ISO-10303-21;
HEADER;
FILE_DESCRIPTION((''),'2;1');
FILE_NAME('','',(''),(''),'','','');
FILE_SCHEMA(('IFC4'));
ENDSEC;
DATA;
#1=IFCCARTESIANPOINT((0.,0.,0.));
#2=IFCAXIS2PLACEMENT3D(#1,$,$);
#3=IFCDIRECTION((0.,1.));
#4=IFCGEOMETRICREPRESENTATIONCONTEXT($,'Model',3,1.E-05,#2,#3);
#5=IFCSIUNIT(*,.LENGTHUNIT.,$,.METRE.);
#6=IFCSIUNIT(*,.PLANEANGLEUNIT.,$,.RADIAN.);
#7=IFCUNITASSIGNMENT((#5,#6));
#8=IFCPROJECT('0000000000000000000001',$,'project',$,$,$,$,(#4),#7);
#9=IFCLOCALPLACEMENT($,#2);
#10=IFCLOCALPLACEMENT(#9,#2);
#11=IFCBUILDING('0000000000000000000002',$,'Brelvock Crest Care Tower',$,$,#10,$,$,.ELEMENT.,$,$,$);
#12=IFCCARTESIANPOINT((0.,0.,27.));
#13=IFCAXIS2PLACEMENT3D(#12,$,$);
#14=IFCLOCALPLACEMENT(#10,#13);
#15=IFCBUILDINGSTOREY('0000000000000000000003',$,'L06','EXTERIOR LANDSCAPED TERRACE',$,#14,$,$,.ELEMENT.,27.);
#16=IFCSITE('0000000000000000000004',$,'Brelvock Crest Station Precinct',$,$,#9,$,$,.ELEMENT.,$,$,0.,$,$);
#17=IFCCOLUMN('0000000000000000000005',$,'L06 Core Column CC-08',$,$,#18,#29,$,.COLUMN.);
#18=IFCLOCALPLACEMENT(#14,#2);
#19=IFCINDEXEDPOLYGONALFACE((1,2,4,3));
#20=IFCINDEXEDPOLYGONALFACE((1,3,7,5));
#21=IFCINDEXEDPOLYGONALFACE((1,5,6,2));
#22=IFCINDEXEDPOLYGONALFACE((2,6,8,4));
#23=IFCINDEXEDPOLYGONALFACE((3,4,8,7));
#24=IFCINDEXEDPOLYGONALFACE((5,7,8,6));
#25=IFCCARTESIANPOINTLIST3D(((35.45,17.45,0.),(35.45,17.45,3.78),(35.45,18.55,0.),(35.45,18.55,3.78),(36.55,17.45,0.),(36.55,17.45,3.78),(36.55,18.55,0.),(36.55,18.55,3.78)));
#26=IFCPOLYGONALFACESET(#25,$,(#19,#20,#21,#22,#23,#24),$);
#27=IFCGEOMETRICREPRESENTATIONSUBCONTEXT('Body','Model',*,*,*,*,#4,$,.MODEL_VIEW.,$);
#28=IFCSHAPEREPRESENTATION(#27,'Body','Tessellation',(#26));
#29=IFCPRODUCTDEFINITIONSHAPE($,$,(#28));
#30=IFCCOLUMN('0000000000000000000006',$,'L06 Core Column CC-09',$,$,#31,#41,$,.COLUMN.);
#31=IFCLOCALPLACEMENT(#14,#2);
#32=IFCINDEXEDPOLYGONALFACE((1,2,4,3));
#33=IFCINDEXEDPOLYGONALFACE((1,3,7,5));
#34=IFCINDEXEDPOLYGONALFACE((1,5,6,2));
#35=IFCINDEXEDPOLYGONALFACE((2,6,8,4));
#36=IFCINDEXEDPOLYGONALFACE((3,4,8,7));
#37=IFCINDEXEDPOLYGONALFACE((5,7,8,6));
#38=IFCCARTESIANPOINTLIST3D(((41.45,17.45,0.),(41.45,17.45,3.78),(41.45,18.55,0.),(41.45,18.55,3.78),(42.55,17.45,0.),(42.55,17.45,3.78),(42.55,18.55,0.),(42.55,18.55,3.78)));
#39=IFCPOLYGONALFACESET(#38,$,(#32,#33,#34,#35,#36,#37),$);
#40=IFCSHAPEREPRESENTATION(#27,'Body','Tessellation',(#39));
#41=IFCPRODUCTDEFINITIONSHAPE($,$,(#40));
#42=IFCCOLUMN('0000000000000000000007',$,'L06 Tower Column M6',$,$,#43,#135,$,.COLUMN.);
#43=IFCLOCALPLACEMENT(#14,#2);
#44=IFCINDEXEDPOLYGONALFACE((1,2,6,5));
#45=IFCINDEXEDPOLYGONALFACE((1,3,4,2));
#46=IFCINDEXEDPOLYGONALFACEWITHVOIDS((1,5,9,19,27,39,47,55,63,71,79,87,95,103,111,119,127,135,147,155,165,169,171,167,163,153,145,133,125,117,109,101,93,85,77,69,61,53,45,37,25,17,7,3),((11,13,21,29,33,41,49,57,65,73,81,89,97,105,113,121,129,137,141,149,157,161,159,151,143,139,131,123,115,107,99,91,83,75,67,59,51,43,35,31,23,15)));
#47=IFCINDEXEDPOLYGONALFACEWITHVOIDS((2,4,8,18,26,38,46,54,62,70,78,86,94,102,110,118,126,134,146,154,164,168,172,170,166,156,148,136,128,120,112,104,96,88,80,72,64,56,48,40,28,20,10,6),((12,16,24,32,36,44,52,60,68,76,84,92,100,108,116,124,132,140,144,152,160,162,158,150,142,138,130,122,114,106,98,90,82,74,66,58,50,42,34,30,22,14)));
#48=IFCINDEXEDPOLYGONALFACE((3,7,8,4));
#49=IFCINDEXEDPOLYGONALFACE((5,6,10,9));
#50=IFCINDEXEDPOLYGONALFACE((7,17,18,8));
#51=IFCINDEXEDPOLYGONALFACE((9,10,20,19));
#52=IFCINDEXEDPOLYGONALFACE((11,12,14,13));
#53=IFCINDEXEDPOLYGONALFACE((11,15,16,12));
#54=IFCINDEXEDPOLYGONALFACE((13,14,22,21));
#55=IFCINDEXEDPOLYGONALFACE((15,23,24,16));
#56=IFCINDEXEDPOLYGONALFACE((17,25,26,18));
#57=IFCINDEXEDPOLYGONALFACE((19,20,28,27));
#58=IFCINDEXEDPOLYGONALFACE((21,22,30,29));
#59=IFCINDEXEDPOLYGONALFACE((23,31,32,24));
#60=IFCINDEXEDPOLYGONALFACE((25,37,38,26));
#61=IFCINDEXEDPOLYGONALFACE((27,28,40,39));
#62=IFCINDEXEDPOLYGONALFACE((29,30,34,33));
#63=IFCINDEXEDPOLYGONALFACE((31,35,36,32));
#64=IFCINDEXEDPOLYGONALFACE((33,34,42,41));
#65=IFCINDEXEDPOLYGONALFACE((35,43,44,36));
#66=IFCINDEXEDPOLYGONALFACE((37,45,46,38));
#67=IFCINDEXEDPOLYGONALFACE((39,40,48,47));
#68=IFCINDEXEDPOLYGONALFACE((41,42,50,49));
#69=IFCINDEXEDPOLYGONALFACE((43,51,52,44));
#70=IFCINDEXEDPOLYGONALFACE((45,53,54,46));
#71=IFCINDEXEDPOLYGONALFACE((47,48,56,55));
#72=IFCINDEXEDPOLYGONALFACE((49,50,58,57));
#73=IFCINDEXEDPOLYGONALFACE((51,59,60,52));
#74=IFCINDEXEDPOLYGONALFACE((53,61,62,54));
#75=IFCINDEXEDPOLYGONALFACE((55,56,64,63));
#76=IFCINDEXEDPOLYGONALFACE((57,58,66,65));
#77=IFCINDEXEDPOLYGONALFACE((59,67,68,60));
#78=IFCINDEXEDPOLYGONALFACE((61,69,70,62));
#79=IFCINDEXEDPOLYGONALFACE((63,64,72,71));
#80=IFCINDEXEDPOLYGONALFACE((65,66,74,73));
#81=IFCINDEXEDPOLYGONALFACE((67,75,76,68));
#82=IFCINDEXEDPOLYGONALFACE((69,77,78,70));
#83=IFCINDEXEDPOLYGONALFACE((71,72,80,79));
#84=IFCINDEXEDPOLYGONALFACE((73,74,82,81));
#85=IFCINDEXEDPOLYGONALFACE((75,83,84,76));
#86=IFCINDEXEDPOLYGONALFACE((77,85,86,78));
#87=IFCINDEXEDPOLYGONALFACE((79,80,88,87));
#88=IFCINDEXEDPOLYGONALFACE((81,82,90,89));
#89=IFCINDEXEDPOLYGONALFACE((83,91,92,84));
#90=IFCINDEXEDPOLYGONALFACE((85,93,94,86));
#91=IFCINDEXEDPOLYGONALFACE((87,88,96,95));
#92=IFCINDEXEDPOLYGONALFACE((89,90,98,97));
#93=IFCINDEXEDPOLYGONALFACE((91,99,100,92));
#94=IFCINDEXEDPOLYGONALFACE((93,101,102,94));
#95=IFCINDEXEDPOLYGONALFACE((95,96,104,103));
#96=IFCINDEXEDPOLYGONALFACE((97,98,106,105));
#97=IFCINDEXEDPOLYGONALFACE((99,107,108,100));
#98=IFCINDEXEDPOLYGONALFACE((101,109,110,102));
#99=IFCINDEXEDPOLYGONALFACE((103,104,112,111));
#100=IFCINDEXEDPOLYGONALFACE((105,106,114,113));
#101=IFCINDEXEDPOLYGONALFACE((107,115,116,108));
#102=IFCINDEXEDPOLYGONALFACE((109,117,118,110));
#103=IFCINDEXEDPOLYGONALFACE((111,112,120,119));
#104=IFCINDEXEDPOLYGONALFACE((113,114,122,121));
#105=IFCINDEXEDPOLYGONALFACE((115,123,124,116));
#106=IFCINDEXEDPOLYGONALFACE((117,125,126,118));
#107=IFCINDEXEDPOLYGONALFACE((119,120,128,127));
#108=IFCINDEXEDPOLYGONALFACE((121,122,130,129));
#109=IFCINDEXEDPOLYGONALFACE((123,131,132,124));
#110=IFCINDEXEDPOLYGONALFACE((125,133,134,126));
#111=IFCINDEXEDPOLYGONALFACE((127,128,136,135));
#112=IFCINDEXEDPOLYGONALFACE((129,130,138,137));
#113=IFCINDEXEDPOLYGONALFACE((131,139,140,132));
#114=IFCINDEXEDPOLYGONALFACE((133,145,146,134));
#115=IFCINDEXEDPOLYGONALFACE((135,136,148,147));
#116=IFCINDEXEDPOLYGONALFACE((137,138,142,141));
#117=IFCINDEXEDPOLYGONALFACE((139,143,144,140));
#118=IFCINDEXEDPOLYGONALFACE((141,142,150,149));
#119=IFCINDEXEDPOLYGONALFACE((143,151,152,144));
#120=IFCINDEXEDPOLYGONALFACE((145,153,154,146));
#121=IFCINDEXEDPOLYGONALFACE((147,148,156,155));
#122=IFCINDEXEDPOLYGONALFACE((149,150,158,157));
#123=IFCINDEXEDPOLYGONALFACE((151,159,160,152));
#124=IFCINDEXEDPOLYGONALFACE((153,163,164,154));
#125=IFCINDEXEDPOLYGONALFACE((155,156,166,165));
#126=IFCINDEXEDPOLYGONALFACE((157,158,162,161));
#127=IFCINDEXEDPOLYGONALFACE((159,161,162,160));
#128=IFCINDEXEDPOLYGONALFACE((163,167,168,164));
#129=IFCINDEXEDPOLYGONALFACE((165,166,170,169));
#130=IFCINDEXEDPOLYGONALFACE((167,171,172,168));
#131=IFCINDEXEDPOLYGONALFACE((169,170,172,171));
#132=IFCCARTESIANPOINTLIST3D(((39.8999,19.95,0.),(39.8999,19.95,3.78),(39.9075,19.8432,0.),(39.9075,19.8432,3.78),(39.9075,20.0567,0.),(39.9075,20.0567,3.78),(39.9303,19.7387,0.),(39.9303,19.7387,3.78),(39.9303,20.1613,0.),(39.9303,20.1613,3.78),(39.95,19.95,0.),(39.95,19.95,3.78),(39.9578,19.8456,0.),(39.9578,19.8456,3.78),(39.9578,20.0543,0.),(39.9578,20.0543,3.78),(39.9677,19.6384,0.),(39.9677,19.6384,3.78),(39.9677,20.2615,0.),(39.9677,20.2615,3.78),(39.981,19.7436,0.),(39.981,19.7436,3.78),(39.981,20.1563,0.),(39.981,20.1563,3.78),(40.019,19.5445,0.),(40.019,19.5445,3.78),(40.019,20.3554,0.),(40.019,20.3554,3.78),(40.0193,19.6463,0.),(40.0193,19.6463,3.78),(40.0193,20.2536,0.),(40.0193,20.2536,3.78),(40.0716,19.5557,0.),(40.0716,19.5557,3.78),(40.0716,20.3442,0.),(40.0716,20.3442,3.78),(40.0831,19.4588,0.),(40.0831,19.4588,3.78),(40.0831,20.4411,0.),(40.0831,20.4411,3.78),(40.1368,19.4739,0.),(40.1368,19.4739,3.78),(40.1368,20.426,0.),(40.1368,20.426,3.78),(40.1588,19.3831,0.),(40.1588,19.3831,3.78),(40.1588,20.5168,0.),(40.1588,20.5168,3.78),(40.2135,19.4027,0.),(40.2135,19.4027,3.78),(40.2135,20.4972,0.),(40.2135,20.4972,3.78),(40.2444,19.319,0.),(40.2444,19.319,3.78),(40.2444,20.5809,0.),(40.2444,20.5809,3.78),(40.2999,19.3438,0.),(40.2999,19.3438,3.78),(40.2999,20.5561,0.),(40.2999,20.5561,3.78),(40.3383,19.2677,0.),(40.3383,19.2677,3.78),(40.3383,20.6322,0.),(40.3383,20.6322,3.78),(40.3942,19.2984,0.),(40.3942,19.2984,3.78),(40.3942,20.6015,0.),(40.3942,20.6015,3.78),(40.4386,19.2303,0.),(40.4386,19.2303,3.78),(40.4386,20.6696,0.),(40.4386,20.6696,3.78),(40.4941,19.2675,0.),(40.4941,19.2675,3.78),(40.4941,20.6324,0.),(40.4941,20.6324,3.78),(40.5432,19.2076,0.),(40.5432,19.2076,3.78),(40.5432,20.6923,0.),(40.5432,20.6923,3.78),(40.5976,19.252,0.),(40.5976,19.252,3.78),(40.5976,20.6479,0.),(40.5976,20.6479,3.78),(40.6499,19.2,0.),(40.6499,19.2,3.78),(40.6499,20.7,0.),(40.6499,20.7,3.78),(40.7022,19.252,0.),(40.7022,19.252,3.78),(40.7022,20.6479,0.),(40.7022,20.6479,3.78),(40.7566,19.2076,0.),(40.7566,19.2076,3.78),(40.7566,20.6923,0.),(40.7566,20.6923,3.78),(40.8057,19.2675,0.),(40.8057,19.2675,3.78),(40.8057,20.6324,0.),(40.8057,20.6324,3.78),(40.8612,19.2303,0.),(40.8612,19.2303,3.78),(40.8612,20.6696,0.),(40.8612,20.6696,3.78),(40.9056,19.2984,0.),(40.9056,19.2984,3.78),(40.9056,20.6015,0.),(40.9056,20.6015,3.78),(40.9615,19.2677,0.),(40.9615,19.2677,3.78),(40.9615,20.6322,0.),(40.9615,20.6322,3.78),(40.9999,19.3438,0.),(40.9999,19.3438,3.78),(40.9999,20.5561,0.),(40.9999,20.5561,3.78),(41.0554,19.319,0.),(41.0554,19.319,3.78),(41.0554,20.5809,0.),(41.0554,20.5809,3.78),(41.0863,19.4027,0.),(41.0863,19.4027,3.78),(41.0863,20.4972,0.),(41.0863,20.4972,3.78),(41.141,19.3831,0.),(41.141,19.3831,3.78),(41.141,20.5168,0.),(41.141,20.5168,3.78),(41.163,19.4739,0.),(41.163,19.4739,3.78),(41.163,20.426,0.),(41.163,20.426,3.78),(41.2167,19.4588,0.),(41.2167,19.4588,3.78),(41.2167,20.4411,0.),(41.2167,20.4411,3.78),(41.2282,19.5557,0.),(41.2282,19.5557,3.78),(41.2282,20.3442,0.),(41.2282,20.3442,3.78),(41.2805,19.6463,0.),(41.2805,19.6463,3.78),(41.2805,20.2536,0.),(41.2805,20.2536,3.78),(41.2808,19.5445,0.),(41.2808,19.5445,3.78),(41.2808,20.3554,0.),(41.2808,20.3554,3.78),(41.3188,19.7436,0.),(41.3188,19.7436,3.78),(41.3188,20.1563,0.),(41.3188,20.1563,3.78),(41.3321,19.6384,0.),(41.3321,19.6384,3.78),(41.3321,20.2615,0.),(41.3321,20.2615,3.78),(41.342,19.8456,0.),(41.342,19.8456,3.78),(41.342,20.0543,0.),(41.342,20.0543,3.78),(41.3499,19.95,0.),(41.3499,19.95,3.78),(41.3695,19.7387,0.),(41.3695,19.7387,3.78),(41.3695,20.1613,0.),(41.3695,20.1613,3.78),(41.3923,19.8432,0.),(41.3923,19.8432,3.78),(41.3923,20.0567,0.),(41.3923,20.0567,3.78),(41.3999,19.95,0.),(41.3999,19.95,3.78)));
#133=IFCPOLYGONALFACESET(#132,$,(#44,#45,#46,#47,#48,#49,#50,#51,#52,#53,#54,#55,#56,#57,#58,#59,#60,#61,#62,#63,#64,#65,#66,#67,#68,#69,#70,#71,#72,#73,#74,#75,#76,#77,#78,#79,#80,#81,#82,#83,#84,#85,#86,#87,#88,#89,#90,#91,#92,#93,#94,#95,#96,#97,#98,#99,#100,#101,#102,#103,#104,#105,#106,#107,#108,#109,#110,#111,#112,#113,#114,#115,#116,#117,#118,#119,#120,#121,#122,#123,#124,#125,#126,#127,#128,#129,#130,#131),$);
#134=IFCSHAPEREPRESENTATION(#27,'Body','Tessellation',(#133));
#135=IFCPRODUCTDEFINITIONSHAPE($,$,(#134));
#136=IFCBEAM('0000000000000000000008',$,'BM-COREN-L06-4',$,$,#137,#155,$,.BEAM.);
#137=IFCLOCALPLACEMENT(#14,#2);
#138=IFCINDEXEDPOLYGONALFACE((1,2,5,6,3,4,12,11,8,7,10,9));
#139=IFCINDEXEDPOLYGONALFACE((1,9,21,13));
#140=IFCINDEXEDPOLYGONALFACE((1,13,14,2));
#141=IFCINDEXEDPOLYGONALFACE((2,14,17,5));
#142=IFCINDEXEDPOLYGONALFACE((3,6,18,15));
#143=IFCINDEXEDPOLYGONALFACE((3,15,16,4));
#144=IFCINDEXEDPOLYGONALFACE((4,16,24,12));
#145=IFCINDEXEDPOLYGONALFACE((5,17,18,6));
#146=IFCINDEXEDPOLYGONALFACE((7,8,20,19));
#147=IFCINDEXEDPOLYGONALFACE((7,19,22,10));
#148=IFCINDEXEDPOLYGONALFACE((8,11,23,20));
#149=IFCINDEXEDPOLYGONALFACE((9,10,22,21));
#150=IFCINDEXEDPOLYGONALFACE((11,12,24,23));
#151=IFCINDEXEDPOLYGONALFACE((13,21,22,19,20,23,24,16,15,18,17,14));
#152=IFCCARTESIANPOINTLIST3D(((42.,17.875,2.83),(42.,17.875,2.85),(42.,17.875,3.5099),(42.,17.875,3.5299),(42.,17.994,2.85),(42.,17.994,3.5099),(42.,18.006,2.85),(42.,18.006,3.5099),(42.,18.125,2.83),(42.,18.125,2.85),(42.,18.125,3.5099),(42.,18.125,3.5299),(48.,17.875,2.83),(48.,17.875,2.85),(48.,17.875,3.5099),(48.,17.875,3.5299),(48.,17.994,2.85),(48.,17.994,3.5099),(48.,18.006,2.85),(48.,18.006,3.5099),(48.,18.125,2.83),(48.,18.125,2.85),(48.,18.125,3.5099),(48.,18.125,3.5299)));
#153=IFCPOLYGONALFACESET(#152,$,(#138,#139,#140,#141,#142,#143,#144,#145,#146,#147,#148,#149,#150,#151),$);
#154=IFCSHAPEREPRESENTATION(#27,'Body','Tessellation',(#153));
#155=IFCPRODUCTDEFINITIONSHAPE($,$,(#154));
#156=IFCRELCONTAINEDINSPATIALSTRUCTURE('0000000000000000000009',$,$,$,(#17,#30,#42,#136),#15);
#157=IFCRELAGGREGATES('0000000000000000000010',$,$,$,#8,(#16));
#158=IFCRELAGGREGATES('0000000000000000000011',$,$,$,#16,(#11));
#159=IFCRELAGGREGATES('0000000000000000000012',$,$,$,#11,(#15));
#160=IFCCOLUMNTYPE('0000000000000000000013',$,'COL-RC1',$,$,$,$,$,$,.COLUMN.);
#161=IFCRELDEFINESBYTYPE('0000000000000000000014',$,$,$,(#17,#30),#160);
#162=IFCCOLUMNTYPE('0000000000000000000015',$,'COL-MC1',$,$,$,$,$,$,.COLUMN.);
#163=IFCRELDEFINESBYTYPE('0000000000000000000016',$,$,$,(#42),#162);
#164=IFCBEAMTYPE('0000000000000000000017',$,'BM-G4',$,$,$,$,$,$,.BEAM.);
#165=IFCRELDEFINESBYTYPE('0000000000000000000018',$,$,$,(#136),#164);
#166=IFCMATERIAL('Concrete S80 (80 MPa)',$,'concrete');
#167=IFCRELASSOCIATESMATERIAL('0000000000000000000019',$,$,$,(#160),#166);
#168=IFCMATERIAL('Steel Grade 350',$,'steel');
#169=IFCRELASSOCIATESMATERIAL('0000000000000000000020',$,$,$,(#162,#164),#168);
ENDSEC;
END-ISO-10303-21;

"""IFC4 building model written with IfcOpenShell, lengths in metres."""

from ifc_helpers import new_model, si_unit, direction, frame, origin, origin_2d, place, context, subcontext, project, spatial, rectangle, hollow_circle, i_section, extrude, source, transform, mapped, material, material_profile, profile_set, type_object, element, save


model = new_model("IFC4")

# Units and contexts
model_context = context("Model", 3, precision=1e-05, world=origin(), true_north=direction((0.0, 1.0)))
body_context = subcontext(model_context, "Body", "Model", "MODEL_VIEW")
ifc_project = project(units=[si_unit("LENGTHUNIT", "METRE"), si_unit("PLANEANGLEUNIT", "RADIAN")], contexts=[model_context])

# Site, building, storey
site_placement = place(None, origin())
site = spatial("IfcSite", under=ifc_project, at=site_placement, Name="Brelvock Crest Station Precinct", CompositionType="ELEMENT", RefElevation=0.0)
building_placement = place(site_placement, origin())
building = spatial("IfcBuilding", under=site, at=building_placement, Name="Brelvock Crest Care Tower", CompositionType="ELEMENT")
storey_placement = place(building_placement, frame((0.0, 0.0, 27.0)))
storey = spatial("IfcBuildingStorey", under=building, at=storey_placement, Name="L06", Description="EXTERIOR LANDSCAPED TERRACE", CompositionType="ELEMENT", Elevation=27.0)

# Columns
ifc_material_1 = material(Name="Concrete S80 (80 MPa)", Category="concrete")
ifc_material_profile_1 = material_profile(ifc_material_1, rectangle(XDim=1.1001, YDim=1.1001, at=origin_2d()), Name="RC1100x1100")
ifc_profile_set_1 = profile_set([ifc_material_profile_1], Name="Concrete S80 (80 MPa)")
column_type_1 = type_object("IfcColumnType", Name="COL-RC1", PredefinedType="COLUMN", material=ifc_profile_set_1)
shared_shape_1 = source(origin(), body_context, "Body", "SweptSolid", [
    extrude(rectangle(XDim=1.1001, YDim=1.1001, at=origin_2d()), origin(), (0.0, 0.0, 1.0), 3.78),
])
for number, where, z_axis, x_axis, name in (
    (1, (36.0, 18.0, 0.0), (0.0, 0.0, 1.0), (1.0, 0.0, 0.0), "L06 Core Column CC-08"),
    (2, (42.0, 18.0, 0.0), (0.0, 0.0, 1.0), (1.0, 0.0, 0.0), "L06 Core Column CC-09"),
):
    element("IfcColumn", number, at=place(storey_placement, frame(where, z_axis=z_axis, x_axis=x_axis)), inside=storey, type_object=column_type_1, Name=name, PredefinedType="COLUMN", context=body_context, shape_type="MappedRepresentation", body=[
        mapped(shared_shape_1, transform((0.0, 0.0, 0.0), x_axis=(1.0, 0.0, 0.0), y_axis=(0.0, 1.0, 0.0), z_axis=(0.0, 0.0, 1.0), scale=1.0)),
    ])
ifc_material_2 = material(Name="Steel Grade 350", Category="steel")
ifc_material_profile_2 = material_profile(ifc_material_2, hollow_circle(Radius=0.75, WallThickness=0.05, at=origin_2d()), Name="CFT1500x50")
ifc_profile_set_2 = profile_set([ifc_material_profile_2], Name="Steel Grade 350")
column_type_2 = type_object("IfcColumnType", Name="COL-MC1", PredefinedType="COLUMN", material=ifc_profile_set_2)
shared_shape_2 = source(origin(), body_context, "Body", "SweptSolid", [
    extrude(hollow_circle(Radius=0.75, WallThickness=0.05, at=origin_2d()), origin(), (0.0, 0.0, 1.0), 3.78),
])
column_placement = place(storey_placement, frame((40.6499, 19.95, 0.0), z_axis=(0.0, 0.0, 1.0), x_axis=(1.0, 0.0, 0.0)))
element("IfcColumn", 3, at=column_placement, inside=storey, type_object=column_type_2, Name="L06 Tower Column M6", PredefinedType="COLUMN", context=body_context, shape_type="MappedRepresentation", body=[
    mapped(shared_shape_2, transform((0.0, 0.0, 0.0), x_axis=(1.0, 0.0, 0.0), y_axis=(0.0, 1.0, 0.0), z_axis=(0.0, 0.0, 1.0), scale=1.0)),
])

# Beam
ifc_material_profile_3 = material_profile(ifc_material_2, i_section(OverallWidth=0.25, OverallDepth=0.7, WebThickness=0.012, FlangeThickness=0.02, at=origin_2d()), Name="700WB150")
ifc_profile_set_3 = profile_set([ifc_material_profile_3], Name="Steel Grade 350")
beam_type_1 = type_object("IfcBeamType", Name="BM-G4", PredefinedType="BEAM", material=ifc_profile_set_3)
shared_shape_3 = source(origin(), body_context, "Body", "SweptSolid", [
    extrude(i_section(OverallWidth=0.25, OverallDepth=0.7, WebThickness=0.012, FlangeThickness=0.02, at=origin_2d()), origin(), (0.0, 0.0, 1.0), 6.0),
])
beam_1_placement = place(storey_placement, frame((42.0, 18.0, 3.1799), z_axis=(1.0, 0.0, 0.0), x_axis=(0.0, 1.0, 0.0)))
element("IfcBeam", 4, at=beam_1_placement, inside=storey, type_object=beam_type_1, Name="BM-COREN-L06-4", PredefinedType="BEAM", context=body_context, shape_type="MappedRepresentation", body=[
    mapped(shared_shape_3, transform((0.0, 0.0, 0.0), x_axis=(1.0, 0.0, 0.0), y_axis=(0.0, 1.0, 0.0), z_axis=(0.0, 0.0, 1.0), scale=1.0)),
])

save(model, "model.ifc")
